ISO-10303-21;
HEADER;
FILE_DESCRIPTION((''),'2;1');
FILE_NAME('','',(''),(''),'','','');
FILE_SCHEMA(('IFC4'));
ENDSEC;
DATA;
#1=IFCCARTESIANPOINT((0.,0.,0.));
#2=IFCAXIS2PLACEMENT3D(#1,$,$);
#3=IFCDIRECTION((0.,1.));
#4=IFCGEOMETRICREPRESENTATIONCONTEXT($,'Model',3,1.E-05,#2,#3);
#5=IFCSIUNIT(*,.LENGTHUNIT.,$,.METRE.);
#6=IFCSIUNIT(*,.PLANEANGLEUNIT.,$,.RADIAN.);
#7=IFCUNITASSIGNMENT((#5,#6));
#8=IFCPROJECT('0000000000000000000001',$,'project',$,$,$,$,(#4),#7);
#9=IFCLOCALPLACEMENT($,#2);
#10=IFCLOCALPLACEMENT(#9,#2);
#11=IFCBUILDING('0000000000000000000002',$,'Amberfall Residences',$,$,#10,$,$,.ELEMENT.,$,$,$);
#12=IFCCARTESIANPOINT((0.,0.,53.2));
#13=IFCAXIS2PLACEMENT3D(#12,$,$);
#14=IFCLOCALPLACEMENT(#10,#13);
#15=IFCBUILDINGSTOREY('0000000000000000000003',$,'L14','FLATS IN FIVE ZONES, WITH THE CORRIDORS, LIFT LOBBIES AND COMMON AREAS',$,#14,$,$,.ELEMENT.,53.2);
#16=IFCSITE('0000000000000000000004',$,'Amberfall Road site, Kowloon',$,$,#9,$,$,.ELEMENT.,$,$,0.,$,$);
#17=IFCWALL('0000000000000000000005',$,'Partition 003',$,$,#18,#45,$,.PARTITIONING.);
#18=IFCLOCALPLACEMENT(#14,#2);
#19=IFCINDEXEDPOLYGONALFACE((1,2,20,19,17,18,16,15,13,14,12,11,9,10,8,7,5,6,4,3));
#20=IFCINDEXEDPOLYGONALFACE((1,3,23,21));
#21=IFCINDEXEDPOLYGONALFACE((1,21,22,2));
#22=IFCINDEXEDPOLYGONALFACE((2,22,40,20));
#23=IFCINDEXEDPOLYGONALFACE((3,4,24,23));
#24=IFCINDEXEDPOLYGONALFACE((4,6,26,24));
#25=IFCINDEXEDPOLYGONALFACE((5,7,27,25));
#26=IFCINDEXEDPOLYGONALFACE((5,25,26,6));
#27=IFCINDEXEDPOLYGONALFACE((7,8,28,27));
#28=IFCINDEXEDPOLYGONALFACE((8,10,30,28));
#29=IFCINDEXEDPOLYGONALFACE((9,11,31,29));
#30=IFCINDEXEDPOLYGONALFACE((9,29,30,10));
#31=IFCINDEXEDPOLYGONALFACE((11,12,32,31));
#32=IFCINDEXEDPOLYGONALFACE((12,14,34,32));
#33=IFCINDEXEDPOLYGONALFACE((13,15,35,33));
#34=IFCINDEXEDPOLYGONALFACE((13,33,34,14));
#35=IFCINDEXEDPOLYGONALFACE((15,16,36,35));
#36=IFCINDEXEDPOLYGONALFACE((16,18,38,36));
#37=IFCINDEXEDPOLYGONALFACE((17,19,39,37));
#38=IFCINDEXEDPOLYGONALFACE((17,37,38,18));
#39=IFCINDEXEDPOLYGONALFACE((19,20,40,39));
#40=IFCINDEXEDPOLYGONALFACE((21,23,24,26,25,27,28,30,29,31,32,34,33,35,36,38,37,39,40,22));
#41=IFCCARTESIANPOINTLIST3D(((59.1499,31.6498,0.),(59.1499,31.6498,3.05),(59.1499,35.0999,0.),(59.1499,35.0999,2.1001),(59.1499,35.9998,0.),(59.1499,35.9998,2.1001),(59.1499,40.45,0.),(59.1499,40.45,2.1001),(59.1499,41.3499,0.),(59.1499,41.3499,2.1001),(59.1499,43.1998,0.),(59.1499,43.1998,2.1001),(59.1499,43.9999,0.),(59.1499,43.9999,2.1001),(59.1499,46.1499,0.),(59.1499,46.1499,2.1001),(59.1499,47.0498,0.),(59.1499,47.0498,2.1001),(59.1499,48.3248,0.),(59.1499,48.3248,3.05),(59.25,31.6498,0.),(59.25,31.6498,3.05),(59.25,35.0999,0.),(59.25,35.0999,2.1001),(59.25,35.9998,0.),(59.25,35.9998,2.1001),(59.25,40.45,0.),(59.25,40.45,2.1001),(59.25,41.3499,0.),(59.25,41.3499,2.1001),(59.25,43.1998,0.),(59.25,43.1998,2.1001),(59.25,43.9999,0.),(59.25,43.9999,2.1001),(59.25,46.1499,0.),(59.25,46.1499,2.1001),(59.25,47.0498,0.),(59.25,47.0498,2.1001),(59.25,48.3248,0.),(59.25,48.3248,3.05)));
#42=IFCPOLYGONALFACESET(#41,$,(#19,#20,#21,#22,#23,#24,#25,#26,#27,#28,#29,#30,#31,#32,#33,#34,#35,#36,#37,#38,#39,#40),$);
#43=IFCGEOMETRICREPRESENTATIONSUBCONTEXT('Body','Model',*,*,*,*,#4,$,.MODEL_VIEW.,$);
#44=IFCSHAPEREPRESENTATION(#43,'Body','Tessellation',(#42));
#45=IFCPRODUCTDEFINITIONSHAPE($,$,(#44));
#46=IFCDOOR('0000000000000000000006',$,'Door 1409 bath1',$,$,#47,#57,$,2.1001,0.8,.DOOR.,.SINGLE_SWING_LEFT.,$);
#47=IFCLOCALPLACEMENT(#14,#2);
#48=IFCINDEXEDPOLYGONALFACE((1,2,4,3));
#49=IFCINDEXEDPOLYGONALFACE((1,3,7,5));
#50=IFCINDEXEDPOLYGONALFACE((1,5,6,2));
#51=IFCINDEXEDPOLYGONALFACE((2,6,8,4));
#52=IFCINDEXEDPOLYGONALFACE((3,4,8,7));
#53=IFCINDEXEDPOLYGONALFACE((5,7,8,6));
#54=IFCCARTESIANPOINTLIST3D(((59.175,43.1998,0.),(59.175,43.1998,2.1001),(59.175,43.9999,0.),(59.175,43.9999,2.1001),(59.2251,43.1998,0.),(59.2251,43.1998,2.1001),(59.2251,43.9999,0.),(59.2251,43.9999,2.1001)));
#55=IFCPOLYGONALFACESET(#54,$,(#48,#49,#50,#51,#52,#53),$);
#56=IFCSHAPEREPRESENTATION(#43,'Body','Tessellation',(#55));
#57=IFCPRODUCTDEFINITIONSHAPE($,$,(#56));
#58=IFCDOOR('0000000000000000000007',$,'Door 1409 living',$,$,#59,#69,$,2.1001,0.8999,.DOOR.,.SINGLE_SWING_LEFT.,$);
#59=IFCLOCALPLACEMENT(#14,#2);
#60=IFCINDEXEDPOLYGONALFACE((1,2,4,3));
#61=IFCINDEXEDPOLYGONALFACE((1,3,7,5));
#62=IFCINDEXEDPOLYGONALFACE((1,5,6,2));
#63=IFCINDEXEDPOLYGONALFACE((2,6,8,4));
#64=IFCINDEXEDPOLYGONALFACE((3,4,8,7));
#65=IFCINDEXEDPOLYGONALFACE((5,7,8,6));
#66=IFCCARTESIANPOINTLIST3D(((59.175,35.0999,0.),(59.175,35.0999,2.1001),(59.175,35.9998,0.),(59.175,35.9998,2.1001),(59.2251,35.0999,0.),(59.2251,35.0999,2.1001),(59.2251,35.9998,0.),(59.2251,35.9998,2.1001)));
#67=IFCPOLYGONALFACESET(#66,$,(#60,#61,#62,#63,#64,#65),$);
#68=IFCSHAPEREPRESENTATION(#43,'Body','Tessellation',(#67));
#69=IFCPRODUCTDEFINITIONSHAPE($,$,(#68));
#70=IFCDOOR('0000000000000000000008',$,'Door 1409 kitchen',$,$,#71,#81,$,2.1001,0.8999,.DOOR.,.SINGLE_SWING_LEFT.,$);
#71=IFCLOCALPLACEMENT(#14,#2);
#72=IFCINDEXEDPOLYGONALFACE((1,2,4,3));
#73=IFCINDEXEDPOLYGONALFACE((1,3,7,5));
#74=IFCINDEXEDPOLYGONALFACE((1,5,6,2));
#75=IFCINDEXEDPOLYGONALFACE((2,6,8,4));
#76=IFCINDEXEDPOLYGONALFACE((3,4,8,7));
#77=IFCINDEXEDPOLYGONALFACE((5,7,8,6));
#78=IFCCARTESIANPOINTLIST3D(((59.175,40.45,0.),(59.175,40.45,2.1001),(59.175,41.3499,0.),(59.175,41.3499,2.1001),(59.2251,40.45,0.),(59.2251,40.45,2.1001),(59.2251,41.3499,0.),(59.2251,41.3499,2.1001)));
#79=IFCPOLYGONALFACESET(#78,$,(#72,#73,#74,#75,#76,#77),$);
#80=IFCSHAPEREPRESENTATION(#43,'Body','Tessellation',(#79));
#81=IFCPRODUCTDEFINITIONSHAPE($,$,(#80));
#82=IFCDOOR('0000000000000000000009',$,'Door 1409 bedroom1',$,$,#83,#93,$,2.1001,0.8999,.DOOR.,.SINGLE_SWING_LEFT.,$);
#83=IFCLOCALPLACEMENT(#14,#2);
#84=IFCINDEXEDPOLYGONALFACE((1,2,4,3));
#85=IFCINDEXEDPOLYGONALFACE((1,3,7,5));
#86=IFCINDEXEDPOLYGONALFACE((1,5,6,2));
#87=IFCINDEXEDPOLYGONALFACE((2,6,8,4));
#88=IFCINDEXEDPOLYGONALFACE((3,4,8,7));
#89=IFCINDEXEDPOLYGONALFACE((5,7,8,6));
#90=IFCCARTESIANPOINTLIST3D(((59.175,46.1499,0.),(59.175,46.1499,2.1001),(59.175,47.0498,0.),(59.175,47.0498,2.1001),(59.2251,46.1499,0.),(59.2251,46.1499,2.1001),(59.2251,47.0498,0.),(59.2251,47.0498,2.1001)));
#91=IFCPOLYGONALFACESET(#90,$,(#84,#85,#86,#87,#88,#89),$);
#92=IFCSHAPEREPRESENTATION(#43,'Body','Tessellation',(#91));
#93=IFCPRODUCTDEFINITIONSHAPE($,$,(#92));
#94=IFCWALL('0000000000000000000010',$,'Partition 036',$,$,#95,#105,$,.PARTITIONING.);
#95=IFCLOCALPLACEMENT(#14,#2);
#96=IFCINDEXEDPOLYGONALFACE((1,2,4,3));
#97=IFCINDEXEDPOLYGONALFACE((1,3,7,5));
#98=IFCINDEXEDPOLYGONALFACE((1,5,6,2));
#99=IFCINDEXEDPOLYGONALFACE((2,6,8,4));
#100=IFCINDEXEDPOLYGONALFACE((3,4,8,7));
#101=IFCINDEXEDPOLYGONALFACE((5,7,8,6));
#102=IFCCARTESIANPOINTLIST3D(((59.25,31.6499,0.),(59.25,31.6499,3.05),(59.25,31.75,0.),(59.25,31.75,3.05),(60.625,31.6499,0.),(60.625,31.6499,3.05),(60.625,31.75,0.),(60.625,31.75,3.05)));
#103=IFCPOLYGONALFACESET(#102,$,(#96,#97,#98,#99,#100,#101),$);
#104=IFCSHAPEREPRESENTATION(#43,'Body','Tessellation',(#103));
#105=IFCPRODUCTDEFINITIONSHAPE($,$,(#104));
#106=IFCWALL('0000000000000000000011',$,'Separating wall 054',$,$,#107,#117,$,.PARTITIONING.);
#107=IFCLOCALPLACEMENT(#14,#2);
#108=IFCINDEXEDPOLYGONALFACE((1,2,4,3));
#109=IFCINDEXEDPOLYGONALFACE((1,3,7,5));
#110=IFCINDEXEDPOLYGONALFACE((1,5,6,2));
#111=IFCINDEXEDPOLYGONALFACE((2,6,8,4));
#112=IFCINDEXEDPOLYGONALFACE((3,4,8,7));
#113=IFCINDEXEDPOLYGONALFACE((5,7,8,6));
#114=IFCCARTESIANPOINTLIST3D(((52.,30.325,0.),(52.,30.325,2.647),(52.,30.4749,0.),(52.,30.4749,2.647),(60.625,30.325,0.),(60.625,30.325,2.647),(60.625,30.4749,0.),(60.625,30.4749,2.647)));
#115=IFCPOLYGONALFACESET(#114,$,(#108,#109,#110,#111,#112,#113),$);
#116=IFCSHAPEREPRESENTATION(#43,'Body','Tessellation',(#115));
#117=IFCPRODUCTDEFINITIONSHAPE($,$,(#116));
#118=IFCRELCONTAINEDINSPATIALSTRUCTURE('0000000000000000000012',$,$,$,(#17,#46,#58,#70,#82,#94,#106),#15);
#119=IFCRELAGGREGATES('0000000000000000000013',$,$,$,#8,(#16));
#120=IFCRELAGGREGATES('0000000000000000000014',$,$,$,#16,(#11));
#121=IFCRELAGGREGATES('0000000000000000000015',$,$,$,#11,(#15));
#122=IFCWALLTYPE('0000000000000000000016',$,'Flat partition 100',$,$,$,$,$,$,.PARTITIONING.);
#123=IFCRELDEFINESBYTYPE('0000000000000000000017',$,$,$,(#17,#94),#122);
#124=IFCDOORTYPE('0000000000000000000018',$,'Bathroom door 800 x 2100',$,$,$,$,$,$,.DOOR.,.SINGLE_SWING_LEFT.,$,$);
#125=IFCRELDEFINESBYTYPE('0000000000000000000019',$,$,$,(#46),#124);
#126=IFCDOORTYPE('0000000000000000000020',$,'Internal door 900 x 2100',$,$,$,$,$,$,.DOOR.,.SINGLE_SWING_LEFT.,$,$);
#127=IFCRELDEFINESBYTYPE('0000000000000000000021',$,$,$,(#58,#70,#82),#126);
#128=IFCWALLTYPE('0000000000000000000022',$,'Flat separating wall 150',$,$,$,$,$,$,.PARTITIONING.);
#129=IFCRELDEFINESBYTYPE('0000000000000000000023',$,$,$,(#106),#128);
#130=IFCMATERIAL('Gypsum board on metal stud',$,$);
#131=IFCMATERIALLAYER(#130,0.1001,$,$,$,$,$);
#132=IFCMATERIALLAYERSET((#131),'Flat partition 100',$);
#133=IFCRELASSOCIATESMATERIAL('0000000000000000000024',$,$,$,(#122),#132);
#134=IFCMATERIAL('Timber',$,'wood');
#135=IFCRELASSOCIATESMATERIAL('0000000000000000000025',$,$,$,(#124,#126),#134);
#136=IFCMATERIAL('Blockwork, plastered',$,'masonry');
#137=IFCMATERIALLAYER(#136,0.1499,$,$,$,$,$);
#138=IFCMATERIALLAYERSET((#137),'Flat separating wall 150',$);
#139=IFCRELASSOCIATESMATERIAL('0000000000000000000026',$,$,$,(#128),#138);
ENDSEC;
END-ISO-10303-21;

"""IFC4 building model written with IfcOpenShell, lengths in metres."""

from ifc_helpers import new_model, si_unit, direction, frame, frame_2d, origin, place, context, subcontext, project, spatial, rectangle, extrude, material, layer, layer_set, type_object, element, fill, save


model = new_model("IFC4")

# Units and contexts
model_context = context("Model", 3, precision=1e-05, world=origin(), true_north=direction((0.0, 1.0)))
body_context = subcontext(model_context, "Body", "Model", "MODEL_VIEW")
ifc_project = project(units=[si_unit("LENGTHUNIT", "METRE"), si_unit("PLANEANGLEUNIT", "RADIAN")], contexts=[model_context])

# Site, building, storey
site_placement = place(None, origin())
site = spatial("IfcSite", under=ifc_project, at=site_placement, Name="Amberfall Road site, Kowloon", CompositionType="ELEMENT", RefElevation=0.0)
building_placement = place(site_placement, origin())
building = spatial("IfcBuilding", under=site, at=building_placement, Name="Amberfall Residences", CompositionType="ELEMENT")
storey_placement = place(building_placement, frame((0.0, 0.0, 53.2)))
storey = spatial("IfcBuildingStorey", under=building, at=storey_placement, Name="L14", Description="FLATS IN FIVE ZONES, WITH THE CORRIDORS, LIFT LOBBIES AND COMMON AREAS", CompositionType="ELEMENT", Elevation=53.2)

# Wall, openings, doors
ifc_material_1 = material(Name="Gypsum board on metal stud")
ifc_layer_1 = layer(ifc_material_1, 0.1001)
ifc_layer_set_1 = layer_set([ifc_layer_1], Name="Flat partition 100")
wall_type_1 = type_object("IfcWallType", Name="Flat partition 100", PredefinedType="PARTITIONING", material=ifc_layer_set_1)
wall_1_placement = place(storey_placement, frame((59.2, 31.6499, 0.0), z_axis=(0.0, 0.0, 1.0), x_axis=(0.0, 1.0, 0.0)))
wall_1 = element("IfcWall", 1, at=wall_1_placement, inside=storey, type_object=wall_type_1, Name="Partition 003", PredefinedType="PARTITIONING", context=body_context, shape_type="SweptSolid", body=[
    extrude(rectangle(XDim=16.675, YDim=0.1001, at=frame_2d((8.3374, 0.0))), origin(), (0.0, 0.0, 1.0), 3.05),
])
opening_1_placement = place(wall_1_placement, frame((3.45, 0.0, 0.0)))
opening_1 = element("IfcOpeningElement", 2, at=opening_1_placement, cuts=wall_1, PredefinedType="OPENING", context=body_context, shape_type="SweptSolid", body=[
    extrude(rectangle(XDim=0.8999, YDim=2.1001, at=frame_2d((0.45, 1.05))), frame((0.0, 0.0601, 0.0), z_axis=(0.0, -1.0, 0.0), x_axis=(1.0, 0.0, 0.0)), (0.0, 0.0, 1.0), 0.1201),
])
opening_2_placement = place(wall_1_placement, frame((8.8, 0.0, 0.0)))
opening_2 = element("IfcOpeningElement", 3, at=opening_2_placement, cuts=wall_1, PredefinedType="OPENING", context=body_context, shape_type="SweptSolid", body=[
    extrude(rectangle(XDim=0.8999, YDim=2.1001, at=frame_2d((0.45, 1.05))), frame((0.0, 0.0601, 0.0), z_axis=(0.0, -1.0, 0.0), x_axis=(1.0, 0.0, 0.0)), (0.0, 0.0, 1.0), 0.1201),
])
opening_3_placement = place(wall_1_placement, frame((14.5, 0.0, 0.0)))
opening_3 = element("IfcOpeningElement", 4, at=opening_3_placement, cuts=wall_1, PredefinedType="OPENING", context=body_context, shape_type="SweptSolid", body=[
    extrude(rectangle(XDim=0.8999, YDim=2.1001, at=frame_2d((0.45, 1.05))), frame((0.0, 0.0601, 0.0), z_axis=(0.0, -1.0, 0.0), x_axis=(1.0, 0.0, 0.0)), (0.0, 0.0, 1.0), 0.1201),
])
opening_4_placement = place(wall_1_placement, frame((11.55, 0.0, 0.0)))
opening_4 = element("IfcOpeningElement", 5, at=opening_4_placement, cuts=wall_1, PredefinedType="OPENING", context=body_context, shape_type="SweptSolid", body=[
    extrude(rectangle(XDim=0.8, YDim=2.1001, at=frame_2d((0.3999, 1.05))), frame((0.0, 0.0601, 0.0), z_axis=(0.0, -1.0, 0.0), x_axis=(1.0, 0.0, 0.0)), (0.0, 0.0, 1.0), 0.1201),
])
ifc_material_2 = material(Name="Timber", Category="wood")
door_type_1 = type_object("IfcDoorType", Name="Bathroom door 800 x 2100", OperationType="SINGLE_SWING_LEFT", PredefinedType="DOOR", material=ifc_material_2)
door_1_placement = place(opening_4_placement, origin())
door_1 = element("IfcDoor", 6, at=door_1_placement, inside=storey, type_object=door_type_1, Name="Door 1409 bath1", OperationType="SINGLE_SWING_LEFT", OverallHeight=2.1001, OverallWidth=0.8, PredefinedType="DOOR", context=body_context, shape_type="SweptSolid", body=[
    extrude(rectangle(XDim=0.8, YDim=2.1001, at=frame_2d((0.3999, 1.05))), frame((0.0, 0.0249, 0.0), z_axis=(0.0, -1.0, 0.0), x_axis=(1.0, 0.0, 0.0)), (0.0, 0.0, 1.0), 0.05),
])
fill(opening_4, door_1)
door_type_2 = type_object("IfcDoorType", Name="Internal door 900 x 2100", OperationType="SINGLE_SWING_LEFT", PredefinedType="DOOR", material=ifc_material_2)
door_2_placement = place(opening_1_placement, origin())
door_2 = element("IfcDoor", 7, at=door_2_placement, inside=storey, type_object=door_type_2, Name="Door 1409 living", OperationType="SINGLE_SWING_LEFT", OverallHeight=2.1001, OverallWidth=0.8999, PredefinedType="DOOR", context=body_context, shape_type="SweptSolid", body=[
    extrude(rectangle(XDim=0.8999, YDim=2.1001, at=frame_2d((0.45, 1.05))), frame((0.0, 0.0249, 0.0), z_axis=(0.0, -1.0, 0.0), x_axis=(1.0, 0.0, 0.0)), (0.0, 0.0, 1.0), 0.05),
])
fill(opening_1, door_2)
door_3_placement = place(opening_2_placement, origin())
door_3 = element("IfcDoor", 8, at=door_3_placement, inside=storey, type_object=door_type_2, Name="Door 1409 kitchen", OperationType="SINGLE_SWING_LEFT", OverallHeight=2.1001, OverallWidth=0.8999, PredefinedType="DOOR", context=body_context, shape_type="SweptSolid", body=[
    extrude(rectangle(XDim=0.8999, YDim=2.1001, at=frame_2d((0.45, 1.05))), frame((0.0, 0.0249, 0.0), z_axis=(0.0, -1.0, 0.0), x_axis=(1.0, 0.0, 0.0)), (0.0, 0.0, 1.0), 0.05),
])
fill(opening_2, door_3)
door_4_placement = place(opening_3_placement, origin())
door_4 = element("IfcDoor", 9, at=door_4_placement, inside=storey, type_object=door_type_2, Name="Door 1409 bedroom1", OperationType="SINGLE_SWING_LEFT", OverallHeight=2.1001, OverallWidth=0.8999, PredefinedType="DOOR", context=body_context, shape_type="SweptSolid", body=[
    extrude(rectangle(XDim=0.8999, YDim=2.1001, at=frame_2d((0.45, 1.05))), frame((0.0, 0.0249, 0.0), z_axis=(0.0, -1.0, 0.0), x_axis=(1.0, 0.0, 0.0)), (0.0, 0.0, 1.0), 0.05),
])
fill(opening_3, door_4)

# Walls
wall_2_placement = place(storey_placement, frame((59.25, 31.7, 0.0), z_axis=(0.0, 0.0, 1.0), x_axis=(1.0, 0.0, 0.0)))
element("IfcWall", 10, at=wall_2_placement, inside=storey, type_object=wall_type_1, Name="Partition 036", PredefinedType="PARTITIONING", context=body_context, shape_type="SweptSolid", body=[
    extrude(rectangle(XDim=1.375, YDim=0.1001, at=frame_2d((0.6875, 0.0))), origin(), (0.0, 0.0, 1.0), 3.05),
])
ifc_material_3 = material(Name="Blockwork, plastered", Category="masonry")
ifc_layer_2 = layer(ifc_material_3, 0.1499)
ifc_layer_set_2 = layer_set([ifc_layer_2], Name="Flat separating wall 150")
wall_type_2 = type_object("IfcWallType", Name="Flat separating wall 150", PredefinedType="PARTITIONING", material=ifc_layer_set_2)
wall_3_placement = place(storey_placement, frame((52.0, 30.3999, 0.0), z_axis=(0.0, 0.0, 1.0), x_axis=(1.0, 0.0, 0.0)))
element("IfcWall", 11, at=wall_3_placement, inside=storey, type_object=wall_type_2, Name="Separating wall 054", PredefinedType="PARTITIONING", context=body_context, shape_type="SweptSolid", body=[
    extrude(rectangle(XDim=8.625, YDim=0.1499, at=frame_2d((4.3125, 0.0))), origin(), (0.0, 0.0, 1.0), 2.647),
])

save(model, "model.ifc")
